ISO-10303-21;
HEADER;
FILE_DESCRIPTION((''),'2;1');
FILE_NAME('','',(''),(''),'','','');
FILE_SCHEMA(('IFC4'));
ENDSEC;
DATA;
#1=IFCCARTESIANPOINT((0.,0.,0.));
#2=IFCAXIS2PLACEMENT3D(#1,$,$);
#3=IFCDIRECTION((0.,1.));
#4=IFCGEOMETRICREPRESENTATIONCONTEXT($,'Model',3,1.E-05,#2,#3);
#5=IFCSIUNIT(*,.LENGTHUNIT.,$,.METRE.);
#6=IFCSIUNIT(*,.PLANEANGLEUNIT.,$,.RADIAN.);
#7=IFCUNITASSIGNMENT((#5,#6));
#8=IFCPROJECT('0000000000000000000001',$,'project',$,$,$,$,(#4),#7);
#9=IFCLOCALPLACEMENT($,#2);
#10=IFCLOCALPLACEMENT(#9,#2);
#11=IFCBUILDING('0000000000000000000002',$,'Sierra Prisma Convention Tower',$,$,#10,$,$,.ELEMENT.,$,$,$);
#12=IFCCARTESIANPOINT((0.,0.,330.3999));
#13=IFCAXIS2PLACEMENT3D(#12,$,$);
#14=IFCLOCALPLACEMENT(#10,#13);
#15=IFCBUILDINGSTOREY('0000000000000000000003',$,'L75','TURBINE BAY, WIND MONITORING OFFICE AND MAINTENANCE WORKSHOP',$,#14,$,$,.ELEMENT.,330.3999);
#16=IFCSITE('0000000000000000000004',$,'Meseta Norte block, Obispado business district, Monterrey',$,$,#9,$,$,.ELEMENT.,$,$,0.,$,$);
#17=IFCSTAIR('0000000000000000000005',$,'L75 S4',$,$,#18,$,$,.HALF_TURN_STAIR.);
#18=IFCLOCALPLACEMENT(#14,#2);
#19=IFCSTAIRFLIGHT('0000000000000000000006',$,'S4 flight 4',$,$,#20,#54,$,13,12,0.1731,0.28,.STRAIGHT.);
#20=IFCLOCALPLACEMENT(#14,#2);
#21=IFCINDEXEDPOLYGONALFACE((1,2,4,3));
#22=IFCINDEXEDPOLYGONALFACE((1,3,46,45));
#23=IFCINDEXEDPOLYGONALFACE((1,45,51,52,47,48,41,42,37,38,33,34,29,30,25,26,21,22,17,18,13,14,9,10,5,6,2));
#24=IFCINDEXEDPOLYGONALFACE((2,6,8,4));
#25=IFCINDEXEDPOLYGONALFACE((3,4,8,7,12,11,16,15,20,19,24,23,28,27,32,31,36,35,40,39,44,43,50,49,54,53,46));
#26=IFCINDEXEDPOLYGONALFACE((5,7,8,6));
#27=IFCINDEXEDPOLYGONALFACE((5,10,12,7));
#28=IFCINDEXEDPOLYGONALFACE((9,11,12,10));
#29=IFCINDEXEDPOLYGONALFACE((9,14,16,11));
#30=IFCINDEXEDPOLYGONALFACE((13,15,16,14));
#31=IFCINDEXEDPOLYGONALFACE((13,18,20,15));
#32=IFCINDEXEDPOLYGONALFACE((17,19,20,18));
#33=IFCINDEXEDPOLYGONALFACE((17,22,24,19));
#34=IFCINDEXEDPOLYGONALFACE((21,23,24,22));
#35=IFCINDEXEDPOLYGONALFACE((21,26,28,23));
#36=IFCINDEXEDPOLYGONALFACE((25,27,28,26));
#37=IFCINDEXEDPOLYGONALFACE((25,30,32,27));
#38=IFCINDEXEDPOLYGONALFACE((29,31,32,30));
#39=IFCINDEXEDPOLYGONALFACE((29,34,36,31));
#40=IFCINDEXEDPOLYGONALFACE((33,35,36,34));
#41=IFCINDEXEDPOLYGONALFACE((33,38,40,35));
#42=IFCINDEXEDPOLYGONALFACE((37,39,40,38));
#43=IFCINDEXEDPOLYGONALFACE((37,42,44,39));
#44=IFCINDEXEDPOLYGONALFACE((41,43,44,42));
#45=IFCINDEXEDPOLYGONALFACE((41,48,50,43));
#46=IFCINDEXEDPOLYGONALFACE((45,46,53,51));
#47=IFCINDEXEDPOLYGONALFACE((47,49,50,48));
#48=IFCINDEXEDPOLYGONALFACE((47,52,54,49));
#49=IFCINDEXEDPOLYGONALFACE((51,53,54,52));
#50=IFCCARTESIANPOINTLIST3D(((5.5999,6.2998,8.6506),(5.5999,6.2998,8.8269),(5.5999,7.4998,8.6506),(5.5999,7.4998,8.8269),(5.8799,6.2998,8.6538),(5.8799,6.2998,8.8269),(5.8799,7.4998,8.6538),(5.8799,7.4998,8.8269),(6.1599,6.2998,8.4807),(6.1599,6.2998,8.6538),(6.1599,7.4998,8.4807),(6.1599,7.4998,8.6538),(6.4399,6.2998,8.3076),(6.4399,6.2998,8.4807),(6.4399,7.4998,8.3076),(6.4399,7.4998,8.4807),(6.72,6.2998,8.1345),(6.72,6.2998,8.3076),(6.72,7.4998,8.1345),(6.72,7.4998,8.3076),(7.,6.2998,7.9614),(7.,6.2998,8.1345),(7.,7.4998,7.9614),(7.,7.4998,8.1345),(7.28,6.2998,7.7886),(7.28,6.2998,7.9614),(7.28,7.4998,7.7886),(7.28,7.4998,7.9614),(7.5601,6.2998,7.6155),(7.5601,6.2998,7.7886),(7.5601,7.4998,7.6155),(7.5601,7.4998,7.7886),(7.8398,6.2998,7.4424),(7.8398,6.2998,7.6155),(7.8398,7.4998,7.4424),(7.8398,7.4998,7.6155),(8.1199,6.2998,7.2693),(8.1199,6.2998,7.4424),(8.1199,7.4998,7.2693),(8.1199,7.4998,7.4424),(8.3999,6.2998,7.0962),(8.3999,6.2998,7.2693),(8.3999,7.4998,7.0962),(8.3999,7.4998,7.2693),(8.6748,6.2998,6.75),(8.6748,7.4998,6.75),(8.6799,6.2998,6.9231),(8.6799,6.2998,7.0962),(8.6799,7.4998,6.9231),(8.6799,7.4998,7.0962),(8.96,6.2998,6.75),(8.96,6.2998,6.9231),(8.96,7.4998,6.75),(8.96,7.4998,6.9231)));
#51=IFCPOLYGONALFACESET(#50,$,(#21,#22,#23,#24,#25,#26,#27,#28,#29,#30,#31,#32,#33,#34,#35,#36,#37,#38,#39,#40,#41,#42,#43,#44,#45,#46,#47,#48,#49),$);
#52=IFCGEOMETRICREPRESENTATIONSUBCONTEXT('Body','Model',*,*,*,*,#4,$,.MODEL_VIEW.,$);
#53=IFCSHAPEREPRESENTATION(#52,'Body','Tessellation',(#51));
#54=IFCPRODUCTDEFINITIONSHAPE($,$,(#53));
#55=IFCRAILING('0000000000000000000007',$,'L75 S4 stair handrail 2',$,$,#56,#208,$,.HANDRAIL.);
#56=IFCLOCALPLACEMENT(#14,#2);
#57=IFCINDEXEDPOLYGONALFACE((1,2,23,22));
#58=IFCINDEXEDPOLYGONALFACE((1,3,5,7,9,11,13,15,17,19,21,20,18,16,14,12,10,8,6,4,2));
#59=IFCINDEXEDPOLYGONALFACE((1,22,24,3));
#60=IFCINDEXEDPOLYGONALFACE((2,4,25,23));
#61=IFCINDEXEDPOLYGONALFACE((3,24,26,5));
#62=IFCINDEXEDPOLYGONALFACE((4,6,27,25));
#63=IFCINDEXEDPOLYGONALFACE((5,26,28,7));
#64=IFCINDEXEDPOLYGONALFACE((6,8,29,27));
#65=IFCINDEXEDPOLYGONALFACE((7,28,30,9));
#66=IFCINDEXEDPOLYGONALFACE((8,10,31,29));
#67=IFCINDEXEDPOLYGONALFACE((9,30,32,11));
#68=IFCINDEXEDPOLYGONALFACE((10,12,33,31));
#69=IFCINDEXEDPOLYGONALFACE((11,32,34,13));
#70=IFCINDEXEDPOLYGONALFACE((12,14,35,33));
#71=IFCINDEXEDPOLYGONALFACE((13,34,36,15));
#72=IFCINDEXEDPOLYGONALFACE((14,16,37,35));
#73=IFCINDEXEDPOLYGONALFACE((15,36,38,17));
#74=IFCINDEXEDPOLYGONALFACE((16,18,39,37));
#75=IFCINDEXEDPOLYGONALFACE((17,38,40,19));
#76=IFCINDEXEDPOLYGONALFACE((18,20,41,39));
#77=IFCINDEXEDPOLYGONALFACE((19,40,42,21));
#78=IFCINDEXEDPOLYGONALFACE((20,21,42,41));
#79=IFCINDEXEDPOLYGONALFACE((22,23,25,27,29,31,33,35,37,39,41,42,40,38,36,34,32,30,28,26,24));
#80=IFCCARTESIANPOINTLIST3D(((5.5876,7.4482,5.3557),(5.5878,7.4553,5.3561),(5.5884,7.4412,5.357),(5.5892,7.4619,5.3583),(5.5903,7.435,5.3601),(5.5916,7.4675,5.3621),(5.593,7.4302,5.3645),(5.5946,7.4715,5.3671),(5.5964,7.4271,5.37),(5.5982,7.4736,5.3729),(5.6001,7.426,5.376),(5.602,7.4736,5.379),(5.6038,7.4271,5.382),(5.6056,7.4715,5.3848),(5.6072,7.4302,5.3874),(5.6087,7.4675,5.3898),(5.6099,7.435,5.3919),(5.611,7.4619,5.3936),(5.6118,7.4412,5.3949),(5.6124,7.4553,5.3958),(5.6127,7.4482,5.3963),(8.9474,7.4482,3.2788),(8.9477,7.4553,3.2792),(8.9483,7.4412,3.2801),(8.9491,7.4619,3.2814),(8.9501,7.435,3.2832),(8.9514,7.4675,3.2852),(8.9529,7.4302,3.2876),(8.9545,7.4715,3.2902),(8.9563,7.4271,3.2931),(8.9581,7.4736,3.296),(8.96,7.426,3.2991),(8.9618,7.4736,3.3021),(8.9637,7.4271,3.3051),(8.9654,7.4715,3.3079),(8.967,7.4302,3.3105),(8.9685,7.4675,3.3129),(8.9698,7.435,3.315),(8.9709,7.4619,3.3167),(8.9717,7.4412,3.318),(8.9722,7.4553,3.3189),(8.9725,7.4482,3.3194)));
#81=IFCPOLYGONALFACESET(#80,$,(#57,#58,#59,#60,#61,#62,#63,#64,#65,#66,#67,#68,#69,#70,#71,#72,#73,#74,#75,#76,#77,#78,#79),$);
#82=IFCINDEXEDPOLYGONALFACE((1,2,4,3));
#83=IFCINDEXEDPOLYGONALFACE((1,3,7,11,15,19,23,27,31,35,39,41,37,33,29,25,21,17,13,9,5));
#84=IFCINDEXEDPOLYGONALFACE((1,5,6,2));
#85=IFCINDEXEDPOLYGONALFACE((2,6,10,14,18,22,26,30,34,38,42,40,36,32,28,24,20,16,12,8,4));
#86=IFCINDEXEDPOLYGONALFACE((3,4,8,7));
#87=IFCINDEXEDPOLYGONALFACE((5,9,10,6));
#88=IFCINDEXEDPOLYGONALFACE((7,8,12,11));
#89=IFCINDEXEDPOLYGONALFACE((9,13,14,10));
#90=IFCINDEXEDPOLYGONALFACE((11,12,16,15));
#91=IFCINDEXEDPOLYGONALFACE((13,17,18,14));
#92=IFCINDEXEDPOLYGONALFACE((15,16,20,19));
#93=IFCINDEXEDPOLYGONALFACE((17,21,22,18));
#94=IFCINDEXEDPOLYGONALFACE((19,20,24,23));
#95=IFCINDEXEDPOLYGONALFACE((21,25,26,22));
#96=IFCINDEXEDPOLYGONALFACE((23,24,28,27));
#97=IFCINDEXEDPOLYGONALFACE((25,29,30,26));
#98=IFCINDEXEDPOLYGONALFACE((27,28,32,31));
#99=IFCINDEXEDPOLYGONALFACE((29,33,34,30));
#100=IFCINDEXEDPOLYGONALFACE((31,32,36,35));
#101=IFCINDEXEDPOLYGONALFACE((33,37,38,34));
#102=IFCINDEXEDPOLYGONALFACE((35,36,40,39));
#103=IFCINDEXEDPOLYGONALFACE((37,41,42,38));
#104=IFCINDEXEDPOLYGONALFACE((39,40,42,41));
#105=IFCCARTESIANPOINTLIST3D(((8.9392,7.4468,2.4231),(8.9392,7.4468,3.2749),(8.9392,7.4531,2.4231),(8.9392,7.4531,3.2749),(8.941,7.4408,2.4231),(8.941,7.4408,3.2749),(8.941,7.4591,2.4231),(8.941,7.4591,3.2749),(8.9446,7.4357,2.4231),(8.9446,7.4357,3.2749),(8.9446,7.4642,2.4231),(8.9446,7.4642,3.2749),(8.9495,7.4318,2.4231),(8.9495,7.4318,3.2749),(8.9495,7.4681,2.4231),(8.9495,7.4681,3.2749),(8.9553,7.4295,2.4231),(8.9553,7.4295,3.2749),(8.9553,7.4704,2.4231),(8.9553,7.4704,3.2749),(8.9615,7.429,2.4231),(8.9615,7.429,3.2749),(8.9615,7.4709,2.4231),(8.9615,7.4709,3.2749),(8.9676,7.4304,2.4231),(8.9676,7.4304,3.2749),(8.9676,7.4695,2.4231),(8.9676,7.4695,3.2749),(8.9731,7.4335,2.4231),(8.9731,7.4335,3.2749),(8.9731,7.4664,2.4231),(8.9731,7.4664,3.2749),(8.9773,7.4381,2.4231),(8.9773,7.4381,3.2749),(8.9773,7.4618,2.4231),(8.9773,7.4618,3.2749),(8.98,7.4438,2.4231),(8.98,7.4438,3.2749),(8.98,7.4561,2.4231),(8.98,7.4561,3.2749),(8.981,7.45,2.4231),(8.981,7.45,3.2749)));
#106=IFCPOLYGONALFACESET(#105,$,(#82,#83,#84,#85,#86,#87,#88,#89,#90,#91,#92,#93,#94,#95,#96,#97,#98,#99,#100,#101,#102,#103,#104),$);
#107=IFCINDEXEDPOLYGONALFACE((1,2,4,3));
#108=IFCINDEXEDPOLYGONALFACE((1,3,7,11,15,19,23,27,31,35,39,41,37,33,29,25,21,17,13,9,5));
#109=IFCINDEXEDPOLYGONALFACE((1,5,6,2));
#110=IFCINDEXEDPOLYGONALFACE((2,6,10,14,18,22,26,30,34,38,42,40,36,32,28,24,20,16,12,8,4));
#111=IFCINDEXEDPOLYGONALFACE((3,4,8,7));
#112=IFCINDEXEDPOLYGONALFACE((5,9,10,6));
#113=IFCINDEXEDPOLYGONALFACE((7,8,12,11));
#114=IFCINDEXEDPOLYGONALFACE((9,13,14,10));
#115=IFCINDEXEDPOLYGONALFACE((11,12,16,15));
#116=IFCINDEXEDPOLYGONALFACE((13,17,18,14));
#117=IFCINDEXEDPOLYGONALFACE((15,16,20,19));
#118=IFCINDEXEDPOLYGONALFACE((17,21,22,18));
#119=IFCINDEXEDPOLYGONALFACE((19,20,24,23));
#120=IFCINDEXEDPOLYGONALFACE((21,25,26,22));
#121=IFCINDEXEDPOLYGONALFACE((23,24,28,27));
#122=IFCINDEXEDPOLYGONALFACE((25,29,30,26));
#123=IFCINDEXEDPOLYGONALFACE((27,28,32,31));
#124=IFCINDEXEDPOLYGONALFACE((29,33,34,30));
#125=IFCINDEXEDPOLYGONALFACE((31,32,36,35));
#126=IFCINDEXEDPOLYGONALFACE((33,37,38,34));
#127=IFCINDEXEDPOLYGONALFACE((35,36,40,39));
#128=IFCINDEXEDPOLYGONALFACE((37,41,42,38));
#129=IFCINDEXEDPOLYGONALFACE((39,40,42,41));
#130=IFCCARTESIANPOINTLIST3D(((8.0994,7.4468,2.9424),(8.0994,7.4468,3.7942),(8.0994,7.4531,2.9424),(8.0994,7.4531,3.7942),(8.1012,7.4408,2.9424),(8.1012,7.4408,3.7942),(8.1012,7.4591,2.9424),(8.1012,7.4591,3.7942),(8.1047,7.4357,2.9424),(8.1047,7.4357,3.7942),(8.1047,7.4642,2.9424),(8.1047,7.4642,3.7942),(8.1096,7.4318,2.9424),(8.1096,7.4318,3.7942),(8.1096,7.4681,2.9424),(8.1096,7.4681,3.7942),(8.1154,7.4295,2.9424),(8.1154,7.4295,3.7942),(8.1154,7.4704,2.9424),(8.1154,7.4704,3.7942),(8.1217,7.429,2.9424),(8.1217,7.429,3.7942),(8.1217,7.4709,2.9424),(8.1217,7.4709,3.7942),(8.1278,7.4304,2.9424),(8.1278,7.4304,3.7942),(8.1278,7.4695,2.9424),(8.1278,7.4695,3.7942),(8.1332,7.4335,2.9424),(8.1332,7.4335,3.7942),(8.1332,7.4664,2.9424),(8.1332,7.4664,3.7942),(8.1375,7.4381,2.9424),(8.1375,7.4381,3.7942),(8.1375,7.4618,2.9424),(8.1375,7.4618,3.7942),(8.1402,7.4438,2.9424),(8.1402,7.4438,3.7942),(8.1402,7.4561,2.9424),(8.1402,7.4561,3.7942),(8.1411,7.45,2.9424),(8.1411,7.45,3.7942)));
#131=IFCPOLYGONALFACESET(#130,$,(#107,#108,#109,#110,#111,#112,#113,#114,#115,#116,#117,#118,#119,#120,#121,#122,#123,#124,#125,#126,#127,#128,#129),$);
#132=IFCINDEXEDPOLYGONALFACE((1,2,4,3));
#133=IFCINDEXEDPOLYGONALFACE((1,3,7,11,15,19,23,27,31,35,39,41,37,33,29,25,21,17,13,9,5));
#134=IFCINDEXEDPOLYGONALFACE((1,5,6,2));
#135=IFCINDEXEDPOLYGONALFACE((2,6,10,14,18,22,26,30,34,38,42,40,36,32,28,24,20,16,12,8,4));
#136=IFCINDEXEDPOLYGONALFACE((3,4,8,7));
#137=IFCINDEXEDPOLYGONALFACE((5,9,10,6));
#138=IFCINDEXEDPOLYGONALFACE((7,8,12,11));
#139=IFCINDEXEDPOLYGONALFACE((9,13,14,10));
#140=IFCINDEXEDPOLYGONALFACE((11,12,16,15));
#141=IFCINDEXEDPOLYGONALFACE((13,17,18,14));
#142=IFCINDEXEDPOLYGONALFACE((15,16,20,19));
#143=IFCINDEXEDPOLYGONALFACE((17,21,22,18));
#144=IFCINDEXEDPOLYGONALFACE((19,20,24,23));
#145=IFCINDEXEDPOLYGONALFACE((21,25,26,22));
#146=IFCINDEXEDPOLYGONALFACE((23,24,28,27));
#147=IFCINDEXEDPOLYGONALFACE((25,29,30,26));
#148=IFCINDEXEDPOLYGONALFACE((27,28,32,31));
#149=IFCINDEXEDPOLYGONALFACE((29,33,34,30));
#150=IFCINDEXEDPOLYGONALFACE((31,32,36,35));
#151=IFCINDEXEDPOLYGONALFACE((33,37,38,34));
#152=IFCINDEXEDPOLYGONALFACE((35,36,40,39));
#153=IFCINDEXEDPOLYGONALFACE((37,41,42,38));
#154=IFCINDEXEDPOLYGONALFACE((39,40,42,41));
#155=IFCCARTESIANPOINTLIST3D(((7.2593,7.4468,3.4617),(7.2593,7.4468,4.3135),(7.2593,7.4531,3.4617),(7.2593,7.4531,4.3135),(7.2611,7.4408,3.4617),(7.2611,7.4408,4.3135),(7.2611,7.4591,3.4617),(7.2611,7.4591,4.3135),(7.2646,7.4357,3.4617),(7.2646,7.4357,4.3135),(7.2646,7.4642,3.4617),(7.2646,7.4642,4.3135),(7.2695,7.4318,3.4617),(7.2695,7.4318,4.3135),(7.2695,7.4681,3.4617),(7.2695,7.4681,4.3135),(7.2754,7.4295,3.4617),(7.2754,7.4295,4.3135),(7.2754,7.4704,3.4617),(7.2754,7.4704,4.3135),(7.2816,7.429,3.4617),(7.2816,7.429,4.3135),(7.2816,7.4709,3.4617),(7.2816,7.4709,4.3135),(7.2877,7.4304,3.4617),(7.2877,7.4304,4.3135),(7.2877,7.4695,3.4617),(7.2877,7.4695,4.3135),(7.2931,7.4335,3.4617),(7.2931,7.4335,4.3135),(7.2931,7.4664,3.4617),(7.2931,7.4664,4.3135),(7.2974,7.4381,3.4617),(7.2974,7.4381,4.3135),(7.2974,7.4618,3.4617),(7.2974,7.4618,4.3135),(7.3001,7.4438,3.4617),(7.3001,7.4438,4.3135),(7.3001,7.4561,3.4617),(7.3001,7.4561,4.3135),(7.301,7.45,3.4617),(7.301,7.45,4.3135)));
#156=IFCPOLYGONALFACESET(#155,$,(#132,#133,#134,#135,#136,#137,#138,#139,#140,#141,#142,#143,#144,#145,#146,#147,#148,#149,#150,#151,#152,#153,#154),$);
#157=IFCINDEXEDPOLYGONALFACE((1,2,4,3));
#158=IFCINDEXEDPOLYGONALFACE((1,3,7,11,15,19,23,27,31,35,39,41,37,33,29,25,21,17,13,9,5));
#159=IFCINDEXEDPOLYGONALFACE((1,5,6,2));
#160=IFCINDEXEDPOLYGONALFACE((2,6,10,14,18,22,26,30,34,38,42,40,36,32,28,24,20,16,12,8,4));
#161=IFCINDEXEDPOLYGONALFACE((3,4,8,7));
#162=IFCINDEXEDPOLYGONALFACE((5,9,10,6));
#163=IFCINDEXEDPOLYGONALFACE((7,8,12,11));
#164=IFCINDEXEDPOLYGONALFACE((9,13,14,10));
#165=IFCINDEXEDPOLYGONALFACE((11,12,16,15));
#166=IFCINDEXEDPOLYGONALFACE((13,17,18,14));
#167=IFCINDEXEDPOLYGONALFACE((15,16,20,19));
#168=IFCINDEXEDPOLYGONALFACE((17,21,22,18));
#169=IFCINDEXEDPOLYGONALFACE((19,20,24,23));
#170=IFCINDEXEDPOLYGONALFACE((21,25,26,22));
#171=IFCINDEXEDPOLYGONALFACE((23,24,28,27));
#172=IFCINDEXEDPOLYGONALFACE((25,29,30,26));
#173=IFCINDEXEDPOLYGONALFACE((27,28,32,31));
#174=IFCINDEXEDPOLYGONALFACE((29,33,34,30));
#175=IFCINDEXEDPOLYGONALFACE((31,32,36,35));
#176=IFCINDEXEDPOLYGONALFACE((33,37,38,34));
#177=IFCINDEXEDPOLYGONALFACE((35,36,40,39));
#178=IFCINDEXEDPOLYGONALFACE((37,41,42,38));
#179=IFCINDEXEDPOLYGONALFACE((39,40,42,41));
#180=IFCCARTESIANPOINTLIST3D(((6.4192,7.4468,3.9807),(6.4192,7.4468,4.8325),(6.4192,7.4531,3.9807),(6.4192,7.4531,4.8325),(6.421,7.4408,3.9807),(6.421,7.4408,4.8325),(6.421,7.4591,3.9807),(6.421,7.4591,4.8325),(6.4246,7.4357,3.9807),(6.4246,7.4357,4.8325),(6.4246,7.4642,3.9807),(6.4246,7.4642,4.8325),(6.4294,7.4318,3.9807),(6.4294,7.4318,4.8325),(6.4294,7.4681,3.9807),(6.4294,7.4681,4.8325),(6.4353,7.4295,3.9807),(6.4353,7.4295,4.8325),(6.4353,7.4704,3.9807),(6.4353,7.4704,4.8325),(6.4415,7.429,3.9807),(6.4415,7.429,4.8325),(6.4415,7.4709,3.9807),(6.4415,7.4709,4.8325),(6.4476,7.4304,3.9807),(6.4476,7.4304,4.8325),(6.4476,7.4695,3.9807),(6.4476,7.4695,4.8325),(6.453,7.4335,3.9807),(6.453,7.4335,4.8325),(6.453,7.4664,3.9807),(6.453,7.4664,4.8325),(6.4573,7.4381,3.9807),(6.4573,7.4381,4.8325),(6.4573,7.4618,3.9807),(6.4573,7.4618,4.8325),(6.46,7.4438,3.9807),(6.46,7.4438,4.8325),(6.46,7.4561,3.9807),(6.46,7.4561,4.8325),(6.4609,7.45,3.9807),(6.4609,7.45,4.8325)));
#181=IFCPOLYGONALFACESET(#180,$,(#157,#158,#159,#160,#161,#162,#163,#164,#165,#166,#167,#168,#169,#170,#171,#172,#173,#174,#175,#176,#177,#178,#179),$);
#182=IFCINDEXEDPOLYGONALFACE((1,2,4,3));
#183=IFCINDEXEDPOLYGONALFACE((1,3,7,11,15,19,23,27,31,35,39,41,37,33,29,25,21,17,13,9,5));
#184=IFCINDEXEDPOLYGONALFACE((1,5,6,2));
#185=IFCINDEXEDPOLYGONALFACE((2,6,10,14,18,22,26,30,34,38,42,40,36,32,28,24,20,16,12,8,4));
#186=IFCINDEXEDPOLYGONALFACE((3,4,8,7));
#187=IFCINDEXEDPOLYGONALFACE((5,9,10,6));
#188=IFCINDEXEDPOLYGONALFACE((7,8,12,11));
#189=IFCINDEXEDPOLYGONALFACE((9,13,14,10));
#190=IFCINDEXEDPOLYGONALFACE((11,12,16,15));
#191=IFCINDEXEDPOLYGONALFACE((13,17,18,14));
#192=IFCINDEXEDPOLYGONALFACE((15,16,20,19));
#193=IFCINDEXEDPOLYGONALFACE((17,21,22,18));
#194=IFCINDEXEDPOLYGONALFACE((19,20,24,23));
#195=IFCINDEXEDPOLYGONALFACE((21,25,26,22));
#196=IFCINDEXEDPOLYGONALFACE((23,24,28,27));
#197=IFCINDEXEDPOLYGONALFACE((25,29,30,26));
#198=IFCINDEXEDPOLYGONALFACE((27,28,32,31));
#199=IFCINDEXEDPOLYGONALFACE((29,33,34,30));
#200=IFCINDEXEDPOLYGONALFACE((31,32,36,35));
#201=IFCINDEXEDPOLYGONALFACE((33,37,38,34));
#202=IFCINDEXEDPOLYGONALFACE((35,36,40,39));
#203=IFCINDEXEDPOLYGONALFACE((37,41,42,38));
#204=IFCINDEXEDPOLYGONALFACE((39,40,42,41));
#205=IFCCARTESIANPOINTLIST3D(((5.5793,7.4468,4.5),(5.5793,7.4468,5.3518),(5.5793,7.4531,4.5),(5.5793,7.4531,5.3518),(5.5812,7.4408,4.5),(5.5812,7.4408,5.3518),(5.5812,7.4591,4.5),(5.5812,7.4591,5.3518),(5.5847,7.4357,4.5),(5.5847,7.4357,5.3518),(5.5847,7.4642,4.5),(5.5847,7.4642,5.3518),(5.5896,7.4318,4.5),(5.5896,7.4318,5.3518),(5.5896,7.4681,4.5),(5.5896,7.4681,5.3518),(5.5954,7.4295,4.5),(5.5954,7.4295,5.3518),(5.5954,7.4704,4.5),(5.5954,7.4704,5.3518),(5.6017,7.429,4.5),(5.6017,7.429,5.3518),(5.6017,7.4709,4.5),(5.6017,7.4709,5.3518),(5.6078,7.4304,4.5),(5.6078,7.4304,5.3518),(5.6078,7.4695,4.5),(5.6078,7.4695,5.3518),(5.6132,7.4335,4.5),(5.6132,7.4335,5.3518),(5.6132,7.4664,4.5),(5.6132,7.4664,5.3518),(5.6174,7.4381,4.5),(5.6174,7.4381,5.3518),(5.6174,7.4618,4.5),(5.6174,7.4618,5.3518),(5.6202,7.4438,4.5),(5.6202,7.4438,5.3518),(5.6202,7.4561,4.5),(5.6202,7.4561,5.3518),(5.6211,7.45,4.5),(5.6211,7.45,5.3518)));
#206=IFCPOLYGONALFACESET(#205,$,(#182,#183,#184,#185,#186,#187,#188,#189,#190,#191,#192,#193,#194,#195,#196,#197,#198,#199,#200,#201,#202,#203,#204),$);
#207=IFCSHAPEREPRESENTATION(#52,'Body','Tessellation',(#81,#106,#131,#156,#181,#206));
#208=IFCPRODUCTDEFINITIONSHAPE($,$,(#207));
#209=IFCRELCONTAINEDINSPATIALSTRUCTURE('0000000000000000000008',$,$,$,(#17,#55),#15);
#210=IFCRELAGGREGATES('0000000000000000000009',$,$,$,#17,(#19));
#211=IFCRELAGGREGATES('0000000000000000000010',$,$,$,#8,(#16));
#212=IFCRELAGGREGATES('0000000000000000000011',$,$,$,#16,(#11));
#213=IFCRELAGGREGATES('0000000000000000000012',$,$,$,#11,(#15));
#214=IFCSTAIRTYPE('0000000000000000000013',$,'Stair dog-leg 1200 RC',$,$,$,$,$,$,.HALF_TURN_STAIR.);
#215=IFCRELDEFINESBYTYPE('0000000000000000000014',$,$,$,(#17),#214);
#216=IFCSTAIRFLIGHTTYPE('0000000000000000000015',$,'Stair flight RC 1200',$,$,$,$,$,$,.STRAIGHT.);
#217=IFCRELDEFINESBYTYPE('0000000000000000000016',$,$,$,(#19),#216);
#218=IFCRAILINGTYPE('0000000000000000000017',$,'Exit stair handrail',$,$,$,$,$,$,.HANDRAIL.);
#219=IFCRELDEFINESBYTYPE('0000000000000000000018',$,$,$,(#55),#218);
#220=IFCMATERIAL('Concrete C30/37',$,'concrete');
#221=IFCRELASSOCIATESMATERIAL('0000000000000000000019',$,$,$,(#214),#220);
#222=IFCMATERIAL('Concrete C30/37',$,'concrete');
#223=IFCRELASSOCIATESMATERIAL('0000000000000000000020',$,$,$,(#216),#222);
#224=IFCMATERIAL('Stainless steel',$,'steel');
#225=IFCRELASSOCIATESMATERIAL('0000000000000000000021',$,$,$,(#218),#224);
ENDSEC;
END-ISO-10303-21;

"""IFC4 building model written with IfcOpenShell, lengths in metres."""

from ifc_helpers import new_model, si_unit, direction, frame, origin, origin_2d, place, context, subcontext, project, spatial, polyline, circle, outline, extrude, material, type_object, element, aggregate, save


model = new_model("IFC4")

# Units and contexts
model_context = context("Model", 3, precision=1e-05, world=origin(), true_north=direction((0.0, 1.0)))
body_context = subcontext(model_context, "Body", "Model", "MODEL_VIEW")
ifc_project = project(units=[si_unit("LENGTHUNIT", "METRE"), si_unit("PLANEANGLEUNIT", "RADIAN")], contexts=[model_context])

# Site, building, storey
site_placement = place(None, origin())
site = spatial("IfcSite", under=ifc_project, at=site_placement, Name="Meseta Norte block, Obispado business district, Monterrey", CompositionType="ELEMENT", RefElevation=0.0)
building_placement = place(site_placement, origin())
building = spatial("IfcBuilding", under=site, at=building_placement, Name="Sierra Prisma Convention Tower", CompositionType="ELEMENT")
storey_placement = place(building_placement, frame((0.0, 0.0, 330.3999)))
storey = spatial("IfcBuildingStorey", under=building, at=storey_placement, Name="L75", Description="TURBINE BAY, WIND MONITORING OFFICE AND MAINTENANCE WORKSHOP", CompositionType="ELEMENT", Elevation=330.3999)

# Stair, stair flight
ifc_material_1 = material(Name="Concrete C30/37", Category="concrete")
stair_type = type_object("IfcStairType", Name="Stair dog-leg 1200 RC", PredefinedType="HALF_TURN_STAIR", material=ifc_material_1)
stair_placement = place(storey_placement, origin())
stair = element("IfcStair", 1, at=stair_placement, inside=storey, type_object=stair_type, Name="L75 S4", PredefinedType="HALF_TURN_STAIR")
ifc_material_2 = material(Name="Concrete C30/37", Category="concrete")
stair_flight_type = type_object("IfcStairFlightType", Name="Stair flight RC 1200", PredefinedType="STRAIGHT", material=ifc_material_2)
stair_flight_1_placement = place(storey_placement, frame((8.96, 6.8999, 6.75), z_axis=(0.0, 0.0, 1.0), x_axis=(-1.0, 0.0, 0.0)))
stair_flight_1 = element("IfcStairFlight", 2, at=stair_flight_1_placement, type_object=stair_flight_type, Name="S4 flight 4", NumberOfRisers=13, NumberOfTreads=12, PredefinedType="STRAIGHT", RiserHeight=0.1731, TreadLength=0.28, context=body_context, shape_type="SweptSolid", body=[
    extrude(outline(polyline([(0.0, 0.0), (0.0, 0.1731), (0.28, 0.1731), (0.28, 0.3462), (0.5601, 0.3462), (0.5601, 0.5193), (0.8401, 0.5193), (0.8401, 0.6924), (1.1201, 0.6924), (1.1201, 0.8655), (1.3999, 0.8655), (1.3999, 1.0386), (1.6799, 1.0386), (1.6799, 1.2114), (1.96, 1.2114), (1.96, 1.3845), (2.24, 1.3845), (2.24, 1.5576), (2.52, 1.5576), (2.52, 1.7307), (2.8, 1.7307), (2.8, 1.9038), (3.0801, 1.9038), (3.0801, 2.0769), (3.3601, 2.0769), (3.3601, 2.25), (3.3601, 1.9006), (0.2852, 0.0), (0.0, 0.0)])), frame((0.0, 0.6001, 0.0), z_axis=(0.0, -1.0, 0.0), x_axis=(1.0, 0.0, 0.0)), (0.0, 0.0, 1.0), 1.2),
])
aggregate(stair, [stair_flight_1])

# Railing
ifc_material_3 = material(Name="Stainless steel", Category="steel")
railing_type_1 = type_object("IfcRailingType", Name="Exit stair handrail", PredefinedType="HANDRAIL", material=ifc_material_3)
for number, where, name in (
    (3, (8.96, 7.45, 2.4231), "L75 S4 stair handrail 2"),
):
    element("IfcRailing", number, at=place(storey_placement, frame(where)), inside=storey, type_object=railing_type_1, Name=name, PredefinedType="HANDRAIL", context=body_context, shape_type="SweptSolid", body=[
        extrude(circle(Radius=0.0239, at=origin_2d()), frame((0.0, 0.0, 0.876), z_axis=(-0.850606, 0.0, 0.525803), x_axis=(0.0, -1.0, 0.0)), (0.0, 0.0, 1.0), 3.95),
        extrude(circle(Radius=0.021, at=origin_2d()), origin(), (0.0, 0.0, 1.0), 0.8518),
        extrude(circle(Radius=0.021, at=origin_2d()), frame((-0.8398, 0.0, 0.5193)), (0.0, 0.0, 1.0), 0.8518),
        extrude(circle(Radius=0.021, at=origin_2d()), frame((-1.6799, 0.0, 1.0386)), (0.0, 0.0, 1.0), 0.8518),
        extrude(circle(Radius=0.021, at=origin_2d()), frame((-2.52, 0.0, 1.5576)), (0.0, 0.0, 1.0), 0.8518),
        extrude(circle(Radius=0.021, at=origin_2d()), frame((-3.3599, 0.0, 2.0769)), (0.0, 0.0, 1.0), 0.8518),
    ])

save(model, "model.ifc")
